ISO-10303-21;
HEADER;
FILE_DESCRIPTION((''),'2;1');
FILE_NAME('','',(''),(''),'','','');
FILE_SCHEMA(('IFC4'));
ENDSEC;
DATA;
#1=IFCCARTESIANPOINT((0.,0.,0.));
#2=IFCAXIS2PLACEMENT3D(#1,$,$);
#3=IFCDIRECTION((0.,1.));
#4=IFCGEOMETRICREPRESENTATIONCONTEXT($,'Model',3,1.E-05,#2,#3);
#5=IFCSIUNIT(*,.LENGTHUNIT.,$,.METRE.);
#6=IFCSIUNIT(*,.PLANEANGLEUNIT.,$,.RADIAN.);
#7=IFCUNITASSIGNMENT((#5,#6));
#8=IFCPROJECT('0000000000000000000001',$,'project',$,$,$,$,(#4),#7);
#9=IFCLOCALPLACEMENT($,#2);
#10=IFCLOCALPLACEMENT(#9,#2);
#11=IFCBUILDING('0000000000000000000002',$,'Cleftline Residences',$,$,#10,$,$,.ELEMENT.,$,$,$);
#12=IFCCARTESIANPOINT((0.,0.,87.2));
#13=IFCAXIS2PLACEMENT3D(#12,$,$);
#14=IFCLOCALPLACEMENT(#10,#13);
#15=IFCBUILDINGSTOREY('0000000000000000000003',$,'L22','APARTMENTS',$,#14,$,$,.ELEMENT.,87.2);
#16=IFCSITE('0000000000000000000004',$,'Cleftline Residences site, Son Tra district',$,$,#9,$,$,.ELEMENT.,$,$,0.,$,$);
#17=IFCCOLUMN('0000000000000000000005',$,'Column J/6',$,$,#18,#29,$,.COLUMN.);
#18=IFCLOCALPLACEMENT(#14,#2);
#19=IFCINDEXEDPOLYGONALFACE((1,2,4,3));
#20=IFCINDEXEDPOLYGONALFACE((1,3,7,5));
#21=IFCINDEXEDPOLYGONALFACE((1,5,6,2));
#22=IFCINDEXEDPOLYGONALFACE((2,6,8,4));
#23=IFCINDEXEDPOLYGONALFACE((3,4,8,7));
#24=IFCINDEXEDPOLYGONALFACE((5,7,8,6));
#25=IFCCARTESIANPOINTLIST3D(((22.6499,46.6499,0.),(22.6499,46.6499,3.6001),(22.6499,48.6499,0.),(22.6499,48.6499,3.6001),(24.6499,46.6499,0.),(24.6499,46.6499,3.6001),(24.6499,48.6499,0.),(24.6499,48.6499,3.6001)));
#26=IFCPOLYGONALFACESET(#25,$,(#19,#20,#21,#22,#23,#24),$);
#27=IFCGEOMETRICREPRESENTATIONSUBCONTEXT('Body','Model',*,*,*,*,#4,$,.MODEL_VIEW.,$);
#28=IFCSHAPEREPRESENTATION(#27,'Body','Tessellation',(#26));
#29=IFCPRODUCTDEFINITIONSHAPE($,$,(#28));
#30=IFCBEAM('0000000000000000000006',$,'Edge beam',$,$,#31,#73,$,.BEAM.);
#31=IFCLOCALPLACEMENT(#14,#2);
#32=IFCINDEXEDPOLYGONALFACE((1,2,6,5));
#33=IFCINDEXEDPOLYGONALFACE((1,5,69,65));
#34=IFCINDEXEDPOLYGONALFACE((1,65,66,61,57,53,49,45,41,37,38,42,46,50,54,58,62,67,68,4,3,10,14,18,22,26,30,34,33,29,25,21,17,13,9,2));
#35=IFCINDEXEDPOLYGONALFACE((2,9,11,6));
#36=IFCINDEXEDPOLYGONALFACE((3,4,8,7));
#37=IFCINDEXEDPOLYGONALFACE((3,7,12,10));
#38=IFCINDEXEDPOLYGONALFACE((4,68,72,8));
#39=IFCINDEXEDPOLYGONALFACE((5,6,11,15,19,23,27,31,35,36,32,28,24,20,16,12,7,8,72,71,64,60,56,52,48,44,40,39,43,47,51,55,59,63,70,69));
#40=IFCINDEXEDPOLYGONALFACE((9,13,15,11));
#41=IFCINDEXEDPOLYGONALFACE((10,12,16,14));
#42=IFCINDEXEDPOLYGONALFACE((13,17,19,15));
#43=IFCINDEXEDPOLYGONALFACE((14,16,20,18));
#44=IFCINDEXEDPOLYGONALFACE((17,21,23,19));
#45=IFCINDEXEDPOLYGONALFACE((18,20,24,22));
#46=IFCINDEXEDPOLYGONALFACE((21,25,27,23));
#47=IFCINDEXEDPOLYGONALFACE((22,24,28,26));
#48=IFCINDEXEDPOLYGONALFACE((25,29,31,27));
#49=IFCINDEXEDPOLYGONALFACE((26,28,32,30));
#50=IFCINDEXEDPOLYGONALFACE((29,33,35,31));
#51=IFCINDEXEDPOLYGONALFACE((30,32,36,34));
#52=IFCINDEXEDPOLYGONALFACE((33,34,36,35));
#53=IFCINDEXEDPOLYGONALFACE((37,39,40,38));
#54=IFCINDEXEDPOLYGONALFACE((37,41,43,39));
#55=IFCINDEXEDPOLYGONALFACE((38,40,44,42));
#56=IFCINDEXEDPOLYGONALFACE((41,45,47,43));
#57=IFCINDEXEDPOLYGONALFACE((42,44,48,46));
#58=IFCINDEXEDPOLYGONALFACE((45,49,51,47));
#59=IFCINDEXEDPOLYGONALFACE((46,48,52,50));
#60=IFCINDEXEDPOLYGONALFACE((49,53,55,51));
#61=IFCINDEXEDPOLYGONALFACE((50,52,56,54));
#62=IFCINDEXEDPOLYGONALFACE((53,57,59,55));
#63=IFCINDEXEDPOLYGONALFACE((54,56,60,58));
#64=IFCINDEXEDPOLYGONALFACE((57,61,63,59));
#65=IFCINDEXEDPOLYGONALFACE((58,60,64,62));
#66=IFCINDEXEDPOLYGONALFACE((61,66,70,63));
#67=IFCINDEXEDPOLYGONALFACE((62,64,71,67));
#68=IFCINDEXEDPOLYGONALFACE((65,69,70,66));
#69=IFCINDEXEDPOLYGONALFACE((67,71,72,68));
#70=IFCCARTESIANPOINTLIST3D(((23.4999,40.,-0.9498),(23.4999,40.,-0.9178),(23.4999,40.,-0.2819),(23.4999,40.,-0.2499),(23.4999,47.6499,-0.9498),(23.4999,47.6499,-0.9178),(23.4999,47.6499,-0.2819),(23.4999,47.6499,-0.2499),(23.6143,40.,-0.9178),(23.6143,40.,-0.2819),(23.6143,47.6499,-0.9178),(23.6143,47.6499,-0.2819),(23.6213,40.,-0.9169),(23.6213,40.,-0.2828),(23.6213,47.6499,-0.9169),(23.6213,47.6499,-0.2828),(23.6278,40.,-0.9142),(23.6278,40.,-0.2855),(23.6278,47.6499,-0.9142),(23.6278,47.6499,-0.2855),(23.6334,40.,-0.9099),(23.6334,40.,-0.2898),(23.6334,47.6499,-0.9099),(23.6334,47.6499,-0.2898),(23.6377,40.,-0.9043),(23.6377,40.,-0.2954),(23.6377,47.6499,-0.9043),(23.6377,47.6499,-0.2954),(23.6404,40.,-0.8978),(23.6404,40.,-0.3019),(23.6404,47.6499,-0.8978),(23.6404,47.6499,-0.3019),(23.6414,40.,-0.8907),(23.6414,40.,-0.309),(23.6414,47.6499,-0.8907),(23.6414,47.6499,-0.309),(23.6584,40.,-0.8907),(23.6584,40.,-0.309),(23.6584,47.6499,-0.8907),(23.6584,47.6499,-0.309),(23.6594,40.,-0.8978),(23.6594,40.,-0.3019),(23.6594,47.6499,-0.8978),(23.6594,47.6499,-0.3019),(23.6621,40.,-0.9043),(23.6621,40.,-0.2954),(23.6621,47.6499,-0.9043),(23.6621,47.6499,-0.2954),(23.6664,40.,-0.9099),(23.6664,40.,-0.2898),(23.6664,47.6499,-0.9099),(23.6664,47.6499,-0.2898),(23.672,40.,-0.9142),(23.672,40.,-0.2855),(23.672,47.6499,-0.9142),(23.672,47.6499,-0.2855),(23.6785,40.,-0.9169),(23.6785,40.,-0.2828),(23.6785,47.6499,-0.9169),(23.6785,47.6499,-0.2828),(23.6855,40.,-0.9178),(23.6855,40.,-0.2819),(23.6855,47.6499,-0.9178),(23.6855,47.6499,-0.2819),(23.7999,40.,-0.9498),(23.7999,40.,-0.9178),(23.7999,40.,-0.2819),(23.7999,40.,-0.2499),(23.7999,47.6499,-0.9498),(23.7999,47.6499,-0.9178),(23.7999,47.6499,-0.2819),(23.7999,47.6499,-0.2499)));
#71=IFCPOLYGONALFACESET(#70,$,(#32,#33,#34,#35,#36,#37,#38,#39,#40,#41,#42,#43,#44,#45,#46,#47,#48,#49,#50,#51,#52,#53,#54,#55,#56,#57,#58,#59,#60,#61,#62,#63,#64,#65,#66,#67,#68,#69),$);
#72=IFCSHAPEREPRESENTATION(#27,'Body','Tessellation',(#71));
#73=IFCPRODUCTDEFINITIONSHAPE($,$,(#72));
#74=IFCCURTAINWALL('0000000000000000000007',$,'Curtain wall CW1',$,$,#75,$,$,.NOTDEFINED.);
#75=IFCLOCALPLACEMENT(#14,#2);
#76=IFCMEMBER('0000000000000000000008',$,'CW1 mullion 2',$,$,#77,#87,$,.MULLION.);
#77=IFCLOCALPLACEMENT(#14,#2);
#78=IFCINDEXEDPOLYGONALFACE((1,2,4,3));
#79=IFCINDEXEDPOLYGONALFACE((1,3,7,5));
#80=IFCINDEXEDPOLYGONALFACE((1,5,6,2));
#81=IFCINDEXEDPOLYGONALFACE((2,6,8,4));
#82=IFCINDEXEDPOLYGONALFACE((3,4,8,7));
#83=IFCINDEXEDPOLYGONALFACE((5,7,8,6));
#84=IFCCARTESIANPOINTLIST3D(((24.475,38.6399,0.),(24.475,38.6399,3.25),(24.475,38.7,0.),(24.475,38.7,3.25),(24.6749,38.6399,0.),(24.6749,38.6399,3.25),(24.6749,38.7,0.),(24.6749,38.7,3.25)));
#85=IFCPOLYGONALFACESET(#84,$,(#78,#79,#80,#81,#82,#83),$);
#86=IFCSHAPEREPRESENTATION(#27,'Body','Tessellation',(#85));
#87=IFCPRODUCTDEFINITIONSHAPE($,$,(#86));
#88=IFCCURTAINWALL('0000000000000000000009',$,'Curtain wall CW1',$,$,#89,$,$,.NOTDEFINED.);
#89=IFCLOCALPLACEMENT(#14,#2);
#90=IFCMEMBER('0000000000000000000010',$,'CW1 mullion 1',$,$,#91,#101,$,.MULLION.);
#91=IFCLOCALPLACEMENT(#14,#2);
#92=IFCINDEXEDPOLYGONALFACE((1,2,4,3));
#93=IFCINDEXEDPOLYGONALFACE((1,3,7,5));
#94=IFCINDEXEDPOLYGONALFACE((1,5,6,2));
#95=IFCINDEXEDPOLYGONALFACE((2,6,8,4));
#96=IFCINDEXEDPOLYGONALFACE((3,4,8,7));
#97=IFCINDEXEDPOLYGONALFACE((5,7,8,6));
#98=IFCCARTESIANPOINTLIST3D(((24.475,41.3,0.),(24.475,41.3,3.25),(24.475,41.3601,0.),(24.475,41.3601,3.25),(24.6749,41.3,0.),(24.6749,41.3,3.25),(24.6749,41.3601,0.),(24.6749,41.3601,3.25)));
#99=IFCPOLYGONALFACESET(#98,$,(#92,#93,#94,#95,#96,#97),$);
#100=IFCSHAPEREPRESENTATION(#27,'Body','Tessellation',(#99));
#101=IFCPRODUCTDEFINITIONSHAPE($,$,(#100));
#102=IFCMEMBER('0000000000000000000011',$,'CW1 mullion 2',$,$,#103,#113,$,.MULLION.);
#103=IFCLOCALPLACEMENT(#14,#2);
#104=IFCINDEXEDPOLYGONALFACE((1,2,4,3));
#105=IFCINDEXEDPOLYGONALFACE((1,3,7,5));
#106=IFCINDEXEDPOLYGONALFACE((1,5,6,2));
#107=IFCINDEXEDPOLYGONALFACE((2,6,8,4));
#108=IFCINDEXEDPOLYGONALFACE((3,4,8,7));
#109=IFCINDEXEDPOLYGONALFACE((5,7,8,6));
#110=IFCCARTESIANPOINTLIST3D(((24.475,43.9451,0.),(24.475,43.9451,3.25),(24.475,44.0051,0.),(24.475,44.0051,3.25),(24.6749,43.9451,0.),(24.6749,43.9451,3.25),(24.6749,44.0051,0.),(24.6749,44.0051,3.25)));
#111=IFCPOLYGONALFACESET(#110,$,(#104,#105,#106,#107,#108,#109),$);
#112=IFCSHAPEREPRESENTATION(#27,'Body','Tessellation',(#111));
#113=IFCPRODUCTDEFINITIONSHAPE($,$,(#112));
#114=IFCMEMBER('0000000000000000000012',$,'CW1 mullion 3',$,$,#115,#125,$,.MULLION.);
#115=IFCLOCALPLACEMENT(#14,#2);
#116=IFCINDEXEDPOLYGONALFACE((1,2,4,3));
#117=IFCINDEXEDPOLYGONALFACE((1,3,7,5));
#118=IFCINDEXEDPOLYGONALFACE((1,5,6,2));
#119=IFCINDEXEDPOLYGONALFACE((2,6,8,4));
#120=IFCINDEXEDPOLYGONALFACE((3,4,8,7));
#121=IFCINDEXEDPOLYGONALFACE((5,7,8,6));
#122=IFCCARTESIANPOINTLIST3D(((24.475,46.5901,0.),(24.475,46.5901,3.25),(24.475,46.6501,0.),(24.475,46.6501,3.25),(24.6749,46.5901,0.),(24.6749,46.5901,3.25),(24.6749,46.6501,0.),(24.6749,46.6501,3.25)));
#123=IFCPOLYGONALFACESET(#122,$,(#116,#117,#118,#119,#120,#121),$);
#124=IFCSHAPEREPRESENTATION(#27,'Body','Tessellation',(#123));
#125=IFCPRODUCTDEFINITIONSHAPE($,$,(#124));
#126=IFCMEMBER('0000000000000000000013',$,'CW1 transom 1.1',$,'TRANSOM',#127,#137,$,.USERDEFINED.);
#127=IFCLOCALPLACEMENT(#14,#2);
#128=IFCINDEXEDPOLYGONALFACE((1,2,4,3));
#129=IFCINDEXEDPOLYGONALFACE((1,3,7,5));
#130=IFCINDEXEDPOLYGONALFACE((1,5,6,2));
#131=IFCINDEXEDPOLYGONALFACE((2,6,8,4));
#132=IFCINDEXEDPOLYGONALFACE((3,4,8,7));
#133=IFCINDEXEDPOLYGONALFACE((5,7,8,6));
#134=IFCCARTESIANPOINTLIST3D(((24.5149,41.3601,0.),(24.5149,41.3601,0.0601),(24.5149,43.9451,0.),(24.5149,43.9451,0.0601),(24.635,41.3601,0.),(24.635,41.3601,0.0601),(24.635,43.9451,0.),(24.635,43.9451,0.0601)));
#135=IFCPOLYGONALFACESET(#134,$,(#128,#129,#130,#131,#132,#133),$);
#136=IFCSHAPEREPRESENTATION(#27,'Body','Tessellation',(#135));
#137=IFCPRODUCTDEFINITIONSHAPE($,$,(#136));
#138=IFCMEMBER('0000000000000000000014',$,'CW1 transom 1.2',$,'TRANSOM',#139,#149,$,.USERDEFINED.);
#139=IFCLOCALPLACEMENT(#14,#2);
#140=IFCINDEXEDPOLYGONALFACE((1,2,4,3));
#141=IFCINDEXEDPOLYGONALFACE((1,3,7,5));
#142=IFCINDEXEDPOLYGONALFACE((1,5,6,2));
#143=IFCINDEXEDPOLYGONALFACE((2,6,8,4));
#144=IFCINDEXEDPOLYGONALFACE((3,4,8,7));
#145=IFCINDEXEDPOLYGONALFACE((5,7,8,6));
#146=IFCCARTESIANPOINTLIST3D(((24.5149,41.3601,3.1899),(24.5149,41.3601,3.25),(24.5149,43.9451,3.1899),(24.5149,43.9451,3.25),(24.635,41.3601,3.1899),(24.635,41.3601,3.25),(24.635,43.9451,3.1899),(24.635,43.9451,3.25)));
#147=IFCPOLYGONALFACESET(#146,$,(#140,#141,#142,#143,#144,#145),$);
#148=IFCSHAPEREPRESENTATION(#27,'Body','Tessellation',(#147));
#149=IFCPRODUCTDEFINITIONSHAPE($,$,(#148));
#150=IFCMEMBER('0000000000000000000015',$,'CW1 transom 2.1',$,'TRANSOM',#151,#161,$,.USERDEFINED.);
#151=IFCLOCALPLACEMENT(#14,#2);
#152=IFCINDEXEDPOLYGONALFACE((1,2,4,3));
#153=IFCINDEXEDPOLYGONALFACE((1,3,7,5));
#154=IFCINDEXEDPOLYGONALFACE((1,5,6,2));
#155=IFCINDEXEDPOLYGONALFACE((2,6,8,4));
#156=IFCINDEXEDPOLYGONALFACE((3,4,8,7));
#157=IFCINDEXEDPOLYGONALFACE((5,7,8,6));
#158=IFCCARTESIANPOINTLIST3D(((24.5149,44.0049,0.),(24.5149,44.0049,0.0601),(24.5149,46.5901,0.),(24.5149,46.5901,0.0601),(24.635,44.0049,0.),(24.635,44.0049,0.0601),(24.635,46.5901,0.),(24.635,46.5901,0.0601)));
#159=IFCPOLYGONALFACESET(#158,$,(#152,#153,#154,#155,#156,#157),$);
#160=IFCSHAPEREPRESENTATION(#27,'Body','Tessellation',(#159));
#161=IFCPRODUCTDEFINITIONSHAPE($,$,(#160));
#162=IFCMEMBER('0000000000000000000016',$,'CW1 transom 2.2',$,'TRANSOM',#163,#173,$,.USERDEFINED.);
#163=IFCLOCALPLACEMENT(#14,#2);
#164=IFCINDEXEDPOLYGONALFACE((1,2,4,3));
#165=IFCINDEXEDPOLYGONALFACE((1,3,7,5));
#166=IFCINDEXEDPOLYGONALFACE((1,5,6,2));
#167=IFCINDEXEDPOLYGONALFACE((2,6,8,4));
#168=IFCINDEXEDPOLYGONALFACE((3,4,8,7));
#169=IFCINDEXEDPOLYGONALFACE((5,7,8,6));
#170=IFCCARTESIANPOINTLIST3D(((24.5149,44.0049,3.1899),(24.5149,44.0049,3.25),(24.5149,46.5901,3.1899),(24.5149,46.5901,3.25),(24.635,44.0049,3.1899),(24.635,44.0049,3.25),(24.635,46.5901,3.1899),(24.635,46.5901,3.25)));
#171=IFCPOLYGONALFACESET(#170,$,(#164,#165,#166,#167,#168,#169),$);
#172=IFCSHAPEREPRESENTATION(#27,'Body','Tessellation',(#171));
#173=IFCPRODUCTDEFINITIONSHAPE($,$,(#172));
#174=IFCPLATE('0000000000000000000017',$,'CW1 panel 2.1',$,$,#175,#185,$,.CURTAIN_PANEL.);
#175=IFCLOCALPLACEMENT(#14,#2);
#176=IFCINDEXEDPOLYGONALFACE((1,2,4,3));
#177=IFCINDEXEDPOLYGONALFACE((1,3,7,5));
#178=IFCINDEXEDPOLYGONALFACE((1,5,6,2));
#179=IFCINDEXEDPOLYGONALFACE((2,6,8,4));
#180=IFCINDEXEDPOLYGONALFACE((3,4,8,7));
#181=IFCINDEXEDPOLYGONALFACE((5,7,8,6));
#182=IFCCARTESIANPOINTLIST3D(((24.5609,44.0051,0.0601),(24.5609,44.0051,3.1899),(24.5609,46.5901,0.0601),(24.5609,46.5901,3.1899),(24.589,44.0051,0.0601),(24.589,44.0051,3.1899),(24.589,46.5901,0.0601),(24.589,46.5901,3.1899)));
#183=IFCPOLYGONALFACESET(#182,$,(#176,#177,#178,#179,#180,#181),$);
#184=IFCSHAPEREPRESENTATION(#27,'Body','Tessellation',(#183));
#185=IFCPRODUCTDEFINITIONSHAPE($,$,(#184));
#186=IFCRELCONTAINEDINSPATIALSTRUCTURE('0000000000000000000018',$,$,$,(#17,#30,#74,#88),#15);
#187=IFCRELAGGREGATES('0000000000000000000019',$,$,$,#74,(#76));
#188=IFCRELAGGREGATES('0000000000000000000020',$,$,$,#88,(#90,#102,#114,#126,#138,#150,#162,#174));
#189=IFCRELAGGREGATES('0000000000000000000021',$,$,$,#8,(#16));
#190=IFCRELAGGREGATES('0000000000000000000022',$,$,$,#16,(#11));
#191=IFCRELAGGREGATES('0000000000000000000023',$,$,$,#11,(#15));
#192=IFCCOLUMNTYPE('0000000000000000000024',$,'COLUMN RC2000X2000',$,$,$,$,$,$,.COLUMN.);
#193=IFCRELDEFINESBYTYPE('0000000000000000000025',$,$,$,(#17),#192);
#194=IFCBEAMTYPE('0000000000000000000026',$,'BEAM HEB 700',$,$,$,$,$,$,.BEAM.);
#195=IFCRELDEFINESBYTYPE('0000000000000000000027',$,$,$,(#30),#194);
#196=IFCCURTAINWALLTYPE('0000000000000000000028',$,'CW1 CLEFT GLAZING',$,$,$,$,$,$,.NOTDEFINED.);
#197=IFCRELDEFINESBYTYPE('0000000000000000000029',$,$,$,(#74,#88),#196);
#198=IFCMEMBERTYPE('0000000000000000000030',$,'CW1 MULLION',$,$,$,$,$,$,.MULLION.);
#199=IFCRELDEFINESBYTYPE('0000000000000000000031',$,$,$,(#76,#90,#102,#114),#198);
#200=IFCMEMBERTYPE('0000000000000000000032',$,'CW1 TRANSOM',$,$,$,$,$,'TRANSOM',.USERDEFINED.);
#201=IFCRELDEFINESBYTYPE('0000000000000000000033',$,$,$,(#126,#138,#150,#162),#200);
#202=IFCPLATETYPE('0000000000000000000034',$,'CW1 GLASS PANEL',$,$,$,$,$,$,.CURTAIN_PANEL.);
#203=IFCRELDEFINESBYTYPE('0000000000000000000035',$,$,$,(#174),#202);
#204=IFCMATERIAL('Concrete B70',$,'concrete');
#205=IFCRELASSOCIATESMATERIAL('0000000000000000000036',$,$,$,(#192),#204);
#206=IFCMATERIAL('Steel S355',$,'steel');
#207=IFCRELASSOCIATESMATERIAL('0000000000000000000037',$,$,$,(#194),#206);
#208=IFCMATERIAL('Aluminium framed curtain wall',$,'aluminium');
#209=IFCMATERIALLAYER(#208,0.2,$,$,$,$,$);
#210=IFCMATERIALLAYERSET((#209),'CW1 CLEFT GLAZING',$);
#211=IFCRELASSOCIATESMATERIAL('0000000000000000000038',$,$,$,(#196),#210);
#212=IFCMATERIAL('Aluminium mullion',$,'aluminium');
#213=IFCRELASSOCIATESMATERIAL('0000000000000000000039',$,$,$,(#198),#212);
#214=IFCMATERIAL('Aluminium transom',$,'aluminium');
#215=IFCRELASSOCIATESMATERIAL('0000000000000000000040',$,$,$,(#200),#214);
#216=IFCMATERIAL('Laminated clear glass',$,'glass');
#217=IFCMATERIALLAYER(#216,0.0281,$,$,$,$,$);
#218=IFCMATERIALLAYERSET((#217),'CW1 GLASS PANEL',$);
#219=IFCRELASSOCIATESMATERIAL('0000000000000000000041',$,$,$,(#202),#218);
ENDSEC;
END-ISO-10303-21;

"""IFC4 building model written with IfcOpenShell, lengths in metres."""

from ifc_helpers import new_model, si_unit, direction, frame, origin, origin_2d, place, context, subcontext, project, spatial, rectangle, i_section, extrude, material, layer, layer_set, material_profile, profile_set, type_object, element, aggregate, save


model = new_model("IFC4")

# Units and contexts
model_context = context("Model", 3, precision=1e-05, world=origin(), true_north=direction((0.0, 1.0)))
body_context = subcontext(model_context, "Body", "Model", "MODEL_VIEW")
ifc_project = project(units=[si_unit("LENGTHUNIT", "METRE"), si_unit("PLANEANGLEUNIT", "RADIAN")], contexts=[model_context])

# Site, building, storey
site_placement = place(None, origin())
site = spatial("IfcSite", under=ifc_project, at=site_placement, Name="Cleftline Residences site, Son Tra district", CompositionType="ELEMENT", RefElevation=0.0)
building_placement = place(site_placement, origin())
building = spatial("IfcBuilding", under=site, at=building_placement, Name="Cleftline Residences", CompositionType="ELEMENT")
storey_placement = place(building_placement, frame((0.0, 0.0, 87.2)))
storey = spatial("IfcBuildingStorey", under=building, at=storey_placement, Name="L22", Description="APARTMENTS", CompositionType="ELEMENT", Elevation=87.2)

# Column
ifc_material_1 = material(Name="Concrete B70", Category="concrete")
ifc_material_profile_1 = material_profile(ifc_material_1, rectangle(XDim=2.0, YDim=2.0, at=origin_2d()))
ifc_profile_set_1 = profile_set([ifc_material_profile_1], Name="Concrete B70")
column_type = type_object("IfcColumnType", Name="COLUMN RC2000X2000", PredefinedType="COLUMN", material=ifc_profile_set_1)
column_placement = place(storey_placement, frame((23.6499, 47.6499, 0.0), z_axis=(0.0, 0.0, 1.0), x_axis=(1.0, 0.0, 0.0)))
element("IfcColumn", 1, at=column_placement, inside=storey, type_object=column_type, Name="Column J/6", PredefinedType="COLUMN", context=body_context, shape_type="SweptSolid", body=[
    extrude(rectangle(XDim=2.0, YDim=2.0, at=origin_2d()), origin(), (0.0, 0.0, 1.0), 3.6001),
])

# Beam
ifc_material_2 = material(Name="Steel S355", Category="steel")
ifc_material_profile_2 = material_profile(ifc_material_2, i_section(OverallWidth=0.3, OverallDepth=0.7, WebThickness=0.0171, FlangeThickness=0.032, FilletRadius=0.0271, at=origin_2d()))
ifc_profile_set_2 = profile_set([ifc_material_profile_2], Name="Steel S355")
beam_type = type_object("IfcBeamType", Name="BEAM HEB 700", PredefinedType="BEAM", material=ifc_profile_set_2)
beam_placement = place(storey_placement, frame((23.6499, 47.6499, -0.5999), z_axis=(0.0, -1.0, 0.0), x_axis=(1.0, 0.0, 0.0)))
element("IfcBeam", 2, at=beam_placement, inside=storey, type_object=beam_type, Name="Edge beam", PredefinedType="BEAM", context=body_context, shape_type="SweptSolid", body=[
    extrude(i_section(OverallWidth=0.3, OverallDepth=0.7, WebThickness=0.0171, FlangeThickness=0.032, FilletRadius=0.0271, at=origin_2d()), origin(), (0.0, 0.0, 1.0), 7.6499),
])

# Curtain wall, member
ifc_material_3 = material(Name="Aluminium framed curtain wall", Category="aluminium")
ifc_layer_1 = layer(ifc_material_3, 0.2)
ifc_layer_set_1 = layer_set([ifc_layer_1], Name="CW1 CLEFT GLAZING")
curtain_wall_type = type_object("IfcCurtainWallType", Name="CW1 CLEFT GLAZING", PredefinedType="NOTDEFINED", material=ifc_layer_set_1)
curtain_wall_1_placement = place(storey_placement, origin())
curtain_wall_1 = element("IfcCurtainWall", 3, at=curtain_wall_1_placement, inside=storey, type_object=curtain_wall_type, Name="Curtain wall CW1", PredefinedType="NOTDEFINED")
ifc_material_4 = material(Name="Aluminium mullion", Category="aluminium")
ifc_material_profile_3 = material_profile(ifc_material_4, rectangle(XDim=0.2, YDim=0.0601, at=origin_2d()))
ifc_profile_set_3 = profile_set([ifc_material_profile_3], Name="Aluminium mullion")
member_type_1 = type_object("IfcMemberType", Name="CW1 MULLION", PredefinedType="MULLION", material=ifc_profile_set_3)
member_1_placement = place(storey_placement, frame((24.575, 38.6699, 0.0), z_axis=(0.0, 0.0, 1.0), x_axis=(-1.0, 0.0, 0.0)))
member_1 = element("IfcMember", 4, at=member_1_placement, type_object=member_type_1, Name="CW1 mullion 2", PredefinedType="MULLION", context=body_context, shape_type="SweptSolid", body=[
    extrude(rectangle(XDim=0.2, YDim=0.0601, at=origin_2d()), origin(), (0.0, 0.0, 1.0), 3.25),
])
aggregate(curtain_wall_1, [member_1])

# Curtain wall, members, plate
curtain_wall_2_placement = place(storey_placement, origin())
curtain_wall_2 = element("IfcCurtainWall", 5, at=curtain_wall_2_placement, inside=storey, type_object=curtain_wall_type, Name="Curtain wall CW1", PredefinedType="NOTDEFINED")
member_2_placement = place(storey_placement, frame((24.575, 41.3301, 0.0), z_axis=(0.0, 0.0, 1.0), x_axis=(-1.0, 0.0, 0.0)))
member_2 = element("IfcMember", 6, at=member_2_placement, type_object=member_type_1, Name="CW1 mullion 1", PredefinedType="MULLION", context=body_context, shape_type="SweptSolid", body=[
    extrude(rectangle(XDim=0.2, YDim=0.0601, at=origin_2d()), origin(), (0.0, 0.0, 1.0), 3.25),
])
member_3_placement = place(storey_placement, frame((24.575, 43.9751, 0.0), z_axis=(0.0, 0.0, 1.0), x_axis=(-1.0, 0.0, 0.0)))
member_3 = element("IfcMember", 7, at=member_3_placement, type_object=member_type_1, Name="CW1 mullion 2", PredefinedType="MULLION", context=body_context, shape_type="SweptSolid", body=[
    extrude(rectangle(XDim=0.2, YDim=0.0601, at=origin_2d()), origin(), (0.0, 0.0, 1.0), 3.25),
])
member_4_placement = place(storey_placement, frame((24.575, 46.6201, 0.0), z_axis=(0.0, 0.0, 1.0), x_axis=(-1.0, 0.0, 0.0)))
member_4 = element("IfcMember", 8, at=member_4_placement, type_object=member_type_1, Name="CW1 mullion 3", PredefinedType="MULLION", context=body_context, shape_type="SweptSolid", body=[
    extrude(rectangle(XDim=0.2, YDim=0.0601, at=origin_2d()), origin(), (0.0, 0.0, 1.0), 3.25),
])
ifc_material_5 = material(Name="Aluminium transom", Category="aluminium")
ifc_material_profile_4 = material_profile(ifc_material_5, rectangle(XDim=0.1201, YDim=0.0601, at=origin_2d()))
ifc_profile_set_4 = profile_set([ifc_material_profile_4], Name="Aluminium transom")
member_type_2 = type_object("IfcMemberType", Name="CW1 TRANSOM", ElementType="TRANSOM", PredefinedType="USERDEFINED", material=ifc_profile_set_4)
member_5_placement = place(storey_placement, frame((24.575, 41.3601, 0.03), z_axis=(0.0, 1.0, 0.0), x_axis=(-1.0, 0.0, 0.0)))
member_5 = element("IfcMember", 9, at=member_5_placement, type_object=member_type_2, Name="CW1 transom 1.1", ObjectType="TRANSOM", PredefinedType="USERDEFINED", context=body_context, shape_type="SweptSolid", body=[
    extrude(rectangle(XDim=0.1201, YDim=0.0601, at=origin_2d()), origin(), (0.0, 0.0, 1.0), 2.585),
])
member_6_placement = place(storey_placement, frame((24.575, 41.3601, 3.22), z_axis=(0.0, 1.0, 0.0), x_axis=(-1.0, 0.0, 0.0)))
member_6 = element("IfcMember", 10, at=member_6_placement, type_object=member_type_2, Name="CW1 transom 1.2", ObjectType="TRANSOM", PredefinedType="USERDEFINED", context=body_context, shape_type="SweptSolid", body=[
    extrude(rectangle(XDim=0.1201, YDim=0.0601, at=origin_2d()), origin(), (0.0, 0.0, 1.0), 2.585),
])
member_7_placement = place(storey_placement, frame((24.575, 44.0049, 0.03), z_axis=(0.0, 1.0, 0.0), x_axis=(-1.0, 0.0, 0.0)))
member_7 = element("IfcMember", 11, at=member_7_placement, type_object=member_type_2, Name="CW1 transom 2.1", ObjectType="TRANSOM", PredefinedType="USERDEFINED", context=body_context, shape_type="SweptSolid", body=[
    extrude(rectangle(XDim=0.1201, YDim=0.0601, at=origin_2d()), origin(), (0.0, 0.0, 1.0), 2.5852),
])
member_8_placement = place(storey_placement, frame((24.575, 44.0049, 3.22), z_axis=(0.0, 1.0, 0.0), x_axis=(-1.0, 0.0, 0.0)))
member_8 = element("IfcMember", 12, at=member_8_placement, type_object=member_type_2, Name="CW1 transom 2.2", ObjectType="TRANSOM", PredefinedType="USERDEFINED", context=body_context, shape_type="SweptSolid", body=[
    extrude(rectangle(XDim=0.1201, YDim=0.0601, at=origin_2d()), origin(), (0.0, 0.0, 1.0), 2.5852),
])
ifc_material_6 = material(Name="Laminated clear glass", Category="glass")
ifc_layer_2 = layer(ifc_material_6, 0.0281)
ifc_layer_set_2 = layer_set([ifc_layer_2], Name="CW1 GLASS PANEL")
plate_type_1 = type_object("IfcPlateType", Name="CW1 GLASS PANEL", PredefinedType="CURTAIN_PANEL", material=ifc_layer_set_2)
plate_1_placement = place(storey_placement, frame((24.575, 45.2976, 0.0601), z_axis=(0.0, 0.0, 1.0), x_axis=(0.0, 1.0, 0.0)))
plate_1 = element("IfcPlate", 13, at=plate_1_placement, type_object=plate_type_1, Name="CW1 panel 2.1", PredefinedType="CURTAIN_PANEL", context=body_context, shape_type="SweptSolid", body=[
    extrude(rectangle(XDim=2.585, YDim=0.0281, at=origin_2d()), origin(), (0.0, 0.0, 1.0), 3.1299),
])
aggregate(curtain_wall_2, [member_2, member_3, member_4, member_5, member_6, member_7, member_8, plate_1])

save(model, "model.ifc")
